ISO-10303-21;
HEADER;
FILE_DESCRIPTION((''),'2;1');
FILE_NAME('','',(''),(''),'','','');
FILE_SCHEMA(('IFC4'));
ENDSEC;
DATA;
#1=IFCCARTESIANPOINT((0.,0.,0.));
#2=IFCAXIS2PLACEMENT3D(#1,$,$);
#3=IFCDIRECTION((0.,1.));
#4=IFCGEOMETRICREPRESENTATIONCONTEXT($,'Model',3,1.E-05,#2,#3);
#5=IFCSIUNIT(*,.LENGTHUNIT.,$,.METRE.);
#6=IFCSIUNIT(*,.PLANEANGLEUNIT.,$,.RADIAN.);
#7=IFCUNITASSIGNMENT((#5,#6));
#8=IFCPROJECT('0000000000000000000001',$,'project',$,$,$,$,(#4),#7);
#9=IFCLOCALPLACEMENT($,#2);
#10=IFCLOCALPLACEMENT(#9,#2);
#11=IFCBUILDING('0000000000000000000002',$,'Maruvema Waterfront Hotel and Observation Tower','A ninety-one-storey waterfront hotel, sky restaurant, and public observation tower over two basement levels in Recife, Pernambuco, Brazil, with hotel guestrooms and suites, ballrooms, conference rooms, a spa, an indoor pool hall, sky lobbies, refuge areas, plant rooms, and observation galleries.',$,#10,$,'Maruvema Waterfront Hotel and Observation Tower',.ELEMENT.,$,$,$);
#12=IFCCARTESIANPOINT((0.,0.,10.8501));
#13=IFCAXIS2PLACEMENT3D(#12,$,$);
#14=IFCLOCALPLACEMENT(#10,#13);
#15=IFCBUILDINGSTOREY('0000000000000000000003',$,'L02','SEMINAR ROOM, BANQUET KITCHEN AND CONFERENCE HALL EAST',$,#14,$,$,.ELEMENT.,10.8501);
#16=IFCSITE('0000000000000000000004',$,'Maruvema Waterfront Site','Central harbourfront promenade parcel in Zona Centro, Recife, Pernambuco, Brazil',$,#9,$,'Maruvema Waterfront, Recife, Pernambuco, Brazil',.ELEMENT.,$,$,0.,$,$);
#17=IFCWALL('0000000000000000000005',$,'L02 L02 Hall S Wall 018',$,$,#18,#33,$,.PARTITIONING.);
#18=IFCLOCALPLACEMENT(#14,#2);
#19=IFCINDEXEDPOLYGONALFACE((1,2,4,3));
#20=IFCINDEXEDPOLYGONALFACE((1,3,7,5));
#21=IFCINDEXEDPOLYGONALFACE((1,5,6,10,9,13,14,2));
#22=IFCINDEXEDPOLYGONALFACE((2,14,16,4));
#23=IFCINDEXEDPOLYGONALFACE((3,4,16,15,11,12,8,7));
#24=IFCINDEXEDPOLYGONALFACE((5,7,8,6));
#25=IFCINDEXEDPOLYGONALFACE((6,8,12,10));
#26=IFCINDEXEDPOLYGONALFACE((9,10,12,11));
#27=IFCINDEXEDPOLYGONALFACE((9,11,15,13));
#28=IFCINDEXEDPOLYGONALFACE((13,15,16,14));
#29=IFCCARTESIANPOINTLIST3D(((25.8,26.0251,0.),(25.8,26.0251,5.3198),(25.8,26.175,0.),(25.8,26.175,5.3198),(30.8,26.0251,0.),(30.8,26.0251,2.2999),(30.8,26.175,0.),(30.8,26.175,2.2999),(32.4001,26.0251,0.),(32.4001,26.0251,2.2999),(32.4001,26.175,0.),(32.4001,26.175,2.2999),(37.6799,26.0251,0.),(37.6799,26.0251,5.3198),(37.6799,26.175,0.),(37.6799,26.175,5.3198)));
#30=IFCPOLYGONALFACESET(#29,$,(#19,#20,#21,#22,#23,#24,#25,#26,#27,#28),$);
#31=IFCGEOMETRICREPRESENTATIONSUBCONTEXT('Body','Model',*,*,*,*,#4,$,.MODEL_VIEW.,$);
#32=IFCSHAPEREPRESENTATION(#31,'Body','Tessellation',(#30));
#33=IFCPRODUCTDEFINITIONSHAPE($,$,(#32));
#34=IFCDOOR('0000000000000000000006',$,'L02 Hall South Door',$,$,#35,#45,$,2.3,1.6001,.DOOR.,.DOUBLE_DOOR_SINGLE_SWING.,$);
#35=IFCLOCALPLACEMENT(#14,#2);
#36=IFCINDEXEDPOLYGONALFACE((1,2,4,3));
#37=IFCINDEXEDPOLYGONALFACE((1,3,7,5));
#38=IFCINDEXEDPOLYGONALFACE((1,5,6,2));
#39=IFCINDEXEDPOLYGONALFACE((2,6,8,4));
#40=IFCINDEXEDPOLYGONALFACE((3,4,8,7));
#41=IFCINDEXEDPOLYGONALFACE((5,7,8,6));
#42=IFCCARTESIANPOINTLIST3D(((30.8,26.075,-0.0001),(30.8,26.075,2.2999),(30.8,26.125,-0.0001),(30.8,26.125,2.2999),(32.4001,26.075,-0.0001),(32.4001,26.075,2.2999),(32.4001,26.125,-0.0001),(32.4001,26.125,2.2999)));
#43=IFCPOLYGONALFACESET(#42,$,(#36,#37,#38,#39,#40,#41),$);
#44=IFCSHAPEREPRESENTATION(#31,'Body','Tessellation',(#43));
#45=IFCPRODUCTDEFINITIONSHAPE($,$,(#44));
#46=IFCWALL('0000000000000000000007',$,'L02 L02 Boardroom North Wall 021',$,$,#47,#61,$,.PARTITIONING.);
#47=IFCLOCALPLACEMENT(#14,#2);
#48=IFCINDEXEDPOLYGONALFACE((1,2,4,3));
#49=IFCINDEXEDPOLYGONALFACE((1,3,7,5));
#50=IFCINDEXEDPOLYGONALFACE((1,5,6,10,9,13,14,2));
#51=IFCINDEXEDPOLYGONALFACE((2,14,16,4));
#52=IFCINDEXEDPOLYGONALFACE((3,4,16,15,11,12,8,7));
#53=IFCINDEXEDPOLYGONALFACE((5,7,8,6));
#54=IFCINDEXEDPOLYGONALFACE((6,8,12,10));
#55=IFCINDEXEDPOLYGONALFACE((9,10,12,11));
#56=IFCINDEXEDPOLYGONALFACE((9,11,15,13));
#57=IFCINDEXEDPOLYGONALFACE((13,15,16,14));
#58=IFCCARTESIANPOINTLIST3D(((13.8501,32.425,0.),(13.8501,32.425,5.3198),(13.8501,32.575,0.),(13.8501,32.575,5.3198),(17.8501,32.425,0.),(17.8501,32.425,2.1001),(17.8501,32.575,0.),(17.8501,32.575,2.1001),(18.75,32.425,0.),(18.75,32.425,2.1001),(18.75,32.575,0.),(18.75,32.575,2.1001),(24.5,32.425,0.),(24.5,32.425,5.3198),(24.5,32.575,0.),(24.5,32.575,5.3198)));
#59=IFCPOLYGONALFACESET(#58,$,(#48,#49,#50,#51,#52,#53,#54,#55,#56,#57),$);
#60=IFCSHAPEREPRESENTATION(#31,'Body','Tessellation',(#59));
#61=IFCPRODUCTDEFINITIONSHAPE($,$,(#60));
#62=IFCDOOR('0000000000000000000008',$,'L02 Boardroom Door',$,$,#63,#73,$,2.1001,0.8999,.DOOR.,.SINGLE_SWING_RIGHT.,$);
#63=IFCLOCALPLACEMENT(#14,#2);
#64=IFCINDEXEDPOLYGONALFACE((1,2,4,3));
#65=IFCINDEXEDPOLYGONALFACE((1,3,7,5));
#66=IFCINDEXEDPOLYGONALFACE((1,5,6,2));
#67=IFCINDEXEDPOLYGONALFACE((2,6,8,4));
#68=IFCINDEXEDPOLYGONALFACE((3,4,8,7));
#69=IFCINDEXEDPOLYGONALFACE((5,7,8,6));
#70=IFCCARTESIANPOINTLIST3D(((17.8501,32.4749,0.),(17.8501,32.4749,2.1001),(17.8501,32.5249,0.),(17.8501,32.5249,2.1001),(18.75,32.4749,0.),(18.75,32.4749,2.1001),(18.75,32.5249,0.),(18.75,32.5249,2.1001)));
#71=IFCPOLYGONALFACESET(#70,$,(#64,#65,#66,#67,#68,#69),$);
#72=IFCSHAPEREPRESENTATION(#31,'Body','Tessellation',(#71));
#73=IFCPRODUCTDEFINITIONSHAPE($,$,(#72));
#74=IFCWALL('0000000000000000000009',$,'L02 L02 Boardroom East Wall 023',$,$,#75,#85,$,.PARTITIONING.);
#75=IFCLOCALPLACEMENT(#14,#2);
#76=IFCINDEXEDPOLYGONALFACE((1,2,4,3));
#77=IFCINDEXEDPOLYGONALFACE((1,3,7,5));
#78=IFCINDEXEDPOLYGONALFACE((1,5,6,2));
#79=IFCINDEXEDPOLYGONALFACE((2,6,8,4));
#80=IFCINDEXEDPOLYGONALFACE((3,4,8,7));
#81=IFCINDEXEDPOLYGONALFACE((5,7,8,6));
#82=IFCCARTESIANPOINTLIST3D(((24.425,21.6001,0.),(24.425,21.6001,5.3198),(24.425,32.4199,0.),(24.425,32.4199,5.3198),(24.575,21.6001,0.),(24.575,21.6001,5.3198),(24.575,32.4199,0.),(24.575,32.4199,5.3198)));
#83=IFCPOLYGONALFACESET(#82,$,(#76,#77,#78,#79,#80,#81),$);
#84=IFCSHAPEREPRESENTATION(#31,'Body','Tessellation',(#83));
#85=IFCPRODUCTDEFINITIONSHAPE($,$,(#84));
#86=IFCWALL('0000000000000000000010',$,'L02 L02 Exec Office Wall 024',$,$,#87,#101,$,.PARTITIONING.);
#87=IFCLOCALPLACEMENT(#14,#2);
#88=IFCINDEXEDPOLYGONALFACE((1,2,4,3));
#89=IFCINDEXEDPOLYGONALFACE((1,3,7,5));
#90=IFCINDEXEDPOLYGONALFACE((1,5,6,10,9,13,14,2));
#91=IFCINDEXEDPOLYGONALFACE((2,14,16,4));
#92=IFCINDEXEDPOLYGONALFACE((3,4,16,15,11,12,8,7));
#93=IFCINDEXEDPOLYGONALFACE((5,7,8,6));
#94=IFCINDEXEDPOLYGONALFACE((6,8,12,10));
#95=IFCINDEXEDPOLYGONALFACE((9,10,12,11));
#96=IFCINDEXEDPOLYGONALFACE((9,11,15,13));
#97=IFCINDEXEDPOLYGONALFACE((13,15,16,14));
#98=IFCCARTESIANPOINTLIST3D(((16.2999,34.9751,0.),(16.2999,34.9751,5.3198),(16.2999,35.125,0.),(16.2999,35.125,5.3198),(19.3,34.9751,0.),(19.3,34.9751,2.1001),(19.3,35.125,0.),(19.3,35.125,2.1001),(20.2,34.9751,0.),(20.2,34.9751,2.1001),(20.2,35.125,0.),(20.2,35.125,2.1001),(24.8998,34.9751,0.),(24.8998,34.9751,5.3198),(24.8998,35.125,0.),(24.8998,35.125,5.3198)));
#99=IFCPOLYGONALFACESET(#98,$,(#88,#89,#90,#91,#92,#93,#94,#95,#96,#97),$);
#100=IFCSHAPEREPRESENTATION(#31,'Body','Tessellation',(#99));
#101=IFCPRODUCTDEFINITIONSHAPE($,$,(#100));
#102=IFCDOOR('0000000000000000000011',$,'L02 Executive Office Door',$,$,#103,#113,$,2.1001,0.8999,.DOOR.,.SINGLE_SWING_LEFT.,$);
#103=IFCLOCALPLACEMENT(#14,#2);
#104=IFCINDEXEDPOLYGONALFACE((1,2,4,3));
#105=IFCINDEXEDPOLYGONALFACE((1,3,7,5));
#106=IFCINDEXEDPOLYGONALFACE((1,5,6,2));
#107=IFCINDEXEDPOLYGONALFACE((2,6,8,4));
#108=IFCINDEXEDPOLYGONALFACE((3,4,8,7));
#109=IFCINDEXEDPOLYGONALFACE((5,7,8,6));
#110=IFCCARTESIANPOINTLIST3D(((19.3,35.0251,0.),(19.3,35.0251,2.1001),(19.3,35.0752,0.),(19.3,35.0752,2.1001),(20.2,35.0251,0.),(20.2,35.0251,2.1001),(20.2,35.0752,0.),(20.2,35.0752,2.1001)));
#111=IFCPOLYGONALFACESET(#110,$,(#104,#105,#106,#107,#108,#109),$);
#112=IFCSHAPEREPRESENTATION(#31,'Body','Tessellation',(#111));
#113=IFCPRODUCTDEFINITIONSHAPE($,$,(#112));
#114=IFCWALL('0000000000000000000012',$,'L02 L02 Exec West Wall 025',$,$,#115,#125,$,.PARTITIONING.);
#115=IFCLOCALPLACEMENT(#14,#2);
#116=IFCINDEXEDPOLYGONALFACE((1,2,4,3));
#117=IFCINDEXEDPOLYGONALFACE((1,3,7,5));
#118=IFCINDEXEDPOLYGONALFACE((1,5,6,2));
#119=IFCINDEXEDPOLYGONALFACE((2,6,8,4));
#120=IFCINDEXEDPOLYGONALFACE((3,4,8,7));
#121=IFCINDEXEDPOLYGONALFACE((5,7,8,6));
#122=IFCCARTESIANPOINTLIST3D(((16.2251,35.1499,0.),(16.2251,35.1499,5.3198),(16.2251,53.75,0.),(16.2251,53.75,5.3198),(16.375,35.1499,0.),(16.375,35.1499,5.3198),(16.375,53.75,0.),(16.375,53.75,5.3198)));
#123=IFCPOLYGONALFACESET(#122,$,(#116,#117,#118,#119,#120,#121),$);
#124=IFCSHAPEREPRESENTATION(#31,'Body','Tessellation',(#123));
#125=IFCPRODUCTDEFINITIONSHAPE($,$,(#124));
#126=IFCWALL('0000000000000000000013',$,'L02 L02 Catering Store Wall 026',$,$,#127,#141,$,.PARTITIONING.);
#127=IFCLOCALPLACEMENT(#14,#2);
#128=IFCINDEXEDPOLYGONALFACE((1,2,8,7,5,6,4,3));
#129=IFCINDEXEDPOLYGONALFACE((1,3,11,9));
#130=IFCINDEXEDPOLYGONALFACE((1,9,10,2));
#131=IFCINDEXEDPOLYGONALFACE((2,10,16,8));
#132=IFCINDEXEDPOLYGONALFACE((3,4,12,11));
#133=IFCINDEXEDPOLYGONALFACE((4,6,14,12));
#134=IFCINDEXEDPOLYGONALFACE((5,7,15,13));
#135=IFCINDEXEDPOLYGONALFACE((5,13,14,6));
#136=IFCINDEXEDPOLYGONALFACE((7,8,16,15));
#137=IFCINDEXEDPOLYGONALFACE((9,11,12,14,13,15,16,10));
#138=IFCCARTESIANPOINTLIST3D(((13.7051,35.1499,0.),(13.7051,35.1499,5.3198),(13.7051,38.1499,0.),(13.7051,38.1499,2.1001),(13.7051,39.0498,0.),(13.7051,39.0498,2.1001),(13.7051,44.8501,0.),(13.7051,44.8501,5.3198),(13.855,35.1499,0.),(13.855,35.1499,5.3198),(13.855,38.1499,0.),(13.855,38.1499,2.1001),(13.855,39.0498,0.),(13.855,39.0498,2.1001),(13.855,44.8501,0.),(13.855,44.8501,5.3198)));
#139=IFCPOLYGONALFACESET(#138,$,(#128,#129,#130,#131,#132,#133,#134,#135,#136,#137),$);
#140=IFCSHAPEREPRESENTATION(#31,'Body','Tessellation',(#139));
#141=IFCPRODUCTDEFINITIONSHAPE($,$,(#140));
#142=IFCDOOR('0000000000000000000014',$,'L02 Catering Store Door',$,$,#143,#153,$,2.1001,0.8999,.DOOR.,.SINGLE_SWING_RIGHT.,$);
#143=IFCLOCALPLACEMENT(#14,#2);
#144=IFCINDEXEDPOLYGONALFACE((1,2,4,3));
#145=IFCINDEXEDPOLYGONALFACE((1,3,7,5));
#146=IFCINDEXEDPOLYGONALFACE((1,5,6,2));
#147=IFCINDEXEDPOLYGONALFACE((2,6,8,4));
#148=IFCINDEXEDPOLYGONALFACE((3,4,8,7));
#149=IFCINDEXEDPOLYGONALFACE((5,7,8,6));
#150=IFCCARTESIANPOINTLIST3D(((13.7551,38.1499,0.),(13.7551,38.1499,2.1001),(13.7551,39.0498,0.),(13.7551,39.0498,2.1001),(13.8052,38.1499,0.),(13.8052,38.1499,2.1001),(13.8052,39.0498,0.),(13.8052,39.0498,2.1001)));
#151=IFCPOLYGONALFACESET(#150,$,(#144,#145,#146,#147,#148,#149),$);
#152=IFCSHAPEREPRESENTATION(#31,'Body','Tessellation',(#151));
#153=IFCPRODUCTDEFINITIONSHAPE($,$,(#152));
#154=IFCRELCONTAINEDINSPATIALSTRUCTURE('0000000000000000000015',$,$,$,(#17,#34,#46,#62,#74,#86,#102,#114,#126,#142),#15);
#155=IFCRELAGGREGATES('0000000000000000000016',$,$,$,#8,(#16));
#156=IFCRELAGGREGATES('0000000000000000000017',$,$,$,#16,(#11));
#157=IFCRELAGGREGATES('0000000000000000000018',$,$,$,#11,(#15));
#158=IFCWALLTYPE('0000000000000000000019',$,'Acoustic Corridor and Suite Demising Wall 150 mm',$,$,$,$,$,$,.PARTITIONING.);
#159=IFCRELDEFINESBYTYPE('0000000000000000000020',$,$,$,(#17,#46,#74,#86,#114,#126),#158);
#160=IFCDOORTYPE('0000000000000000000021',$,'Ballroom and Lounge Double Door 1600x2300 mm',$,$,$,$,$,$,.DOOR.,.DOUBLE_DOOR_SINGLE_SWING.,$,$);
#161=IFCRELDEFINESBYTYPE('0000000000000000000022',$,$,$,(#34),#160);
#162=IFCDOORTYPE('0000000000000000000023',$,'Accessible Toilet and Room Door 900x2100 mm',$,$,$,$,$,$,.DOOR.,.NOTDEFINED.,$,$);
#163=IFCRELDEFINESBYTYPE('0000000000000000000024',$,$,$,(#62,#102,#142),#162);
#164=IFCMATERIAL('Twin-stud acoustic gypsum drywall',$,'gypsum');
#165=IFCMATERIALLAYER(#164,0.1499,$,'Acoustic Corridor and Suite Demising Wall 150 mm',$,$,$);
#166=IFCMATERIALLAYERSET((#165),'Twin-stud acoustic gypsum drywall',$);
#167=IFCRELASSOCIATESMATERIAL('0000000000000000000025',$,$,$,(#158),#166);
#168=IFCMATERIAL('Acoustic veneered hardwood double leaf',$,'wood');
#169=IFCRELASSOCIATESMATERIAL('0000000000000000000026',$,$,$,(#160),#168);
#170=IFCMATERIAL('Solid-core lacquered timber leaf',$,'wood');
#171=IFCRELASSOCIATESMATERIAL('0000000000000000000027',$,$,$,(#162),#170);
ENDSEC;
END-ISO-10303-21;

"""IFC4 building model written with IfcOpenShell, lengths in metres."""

from ifc_helpers import new_model, si_unit, direction, frame, frame_2d, origin, place, context, subcontext, project, spatial, rectangle, extrude, material, layer, layer_set, type_object, element, fill, save


model = new_model("IFC4")

# Units and contexts
model_context = context("Model", 3, precision=1e-05, world=origin(), true_north=direction((0.0, 1.0)))
body_context = subcontext(model_context, "Body", "Model", "MODEL_VIEW")
ifc_project = project(units=[si_unit("LENGTHUNIT", "METRE"), si_unit("PLANEANGLEUNIT", "RADIAN")], contexts=[model_context])

# Site, building, storey
site_placement = place(None, origin())
site = spatial("IfcSite", under=ifc_project, at=site_placement, Name="Maruvema Waterfront Site", Description="Central harbourfront promenade parcel in Zona Centro, Recife, Pernambuco, Brazil", LongName="Maruvema Waterfront, Recife, Pernambuco, Brazil", CompositionType="ELEMENT", RefElevation=0.0)
building_placement = place(site_placement, origin())
building = spatial("IfcBuilding", under=site, at=building_placement, Name="Maruvema Waterfront Hotel and Observation Tower", Description="A ninety-one-storey waterfront hotel, sky restaurant, and public observation tower over two basement levels in Recife, Pernambuco, Brazil, with hotel guestrooms and suites, ballrooms, conference rooms, a spa, an indoor pool hall, sky lobbies, refuge areas, plant rooms, and observation galleries.", LongName="Maruvema Waterfront Hotel and Observation Tower", CompositionType="ELEMENT")
storey_placement = place(building_placement, frame((0.0, 0.0, 10.8501)))
storey = spatial("IfcBuildingStorey", under=building, at=storey_placement, Name="L02", Description="SEMINAR ROOM, BANQUET KITCHEN AND CONFERENCE HALL EAST", CompositionType="ELEMENT", Elevation=10.8501)

# Walls, openings, doors
ifc_material_1 = material(Name="Twin-stud acoustic gypsum drywall", Category="gypsum")
ifc_layer_1 = layer(ifc_material_1, 0.1499, Name="Acoustic Corridor and Suite Demising Wall 150 mm")
ifc_layer_set_1 = layer_set([ifc_layer_1], Name="Twin-stud acoustic gypsum drywall")
wall_type = type_object("IfcWallType", Name="Acoustic Corridor and Suite Demising Wall 150 mm", PredefinedType="PARTITIONING", material=ifc_layer_set_1)
wall_1_placement = place(storey_placement, frame((25.8, 26.1001, 0.0), z_axis=(0.0, 0.0, 1.0), x_axis=(1.0, 0.0, 0.0)))
wall_1 = element("IfcWall", 1, at=wall_1_placement, inside=storey, type_object=wall_type, Name="L02 L02 Hall S Wall 018", PredefinedType="PARTITIONING", context=body_context, shape_type="SweptSolid", body=[
    extrude(rectangle(XDim=11.8799, YDim=0.1499, at=frame_2d((5.9399, 0.0))), origin(), (0.0, 0.0, 1.0), 5.3198),
])
opening_1_placement = place(wall_1_placement, frame((5.0, 0.0, 0.0)))
opening_1 = element("IfcOpeningElement", 2, at=opening_1_placement, cuts=wall_1, PredefinedType="OPENING", context=body_context, shape_type="SweptSolid", body=[
    extrude(rectangle(XDim=1.6001, YDim=2.3, at=frame_2d((0.8, 1.1499))), frame((0.0, 0.085, 0.0), z_axis=(0.0, -1.0, 0.0), x_axis=(1.0, 0.0, 0.0)), (0.0, 0.0, 1.0), 0.1699),
])
ifc_material_2 = material(Name="Acoustic veneered hardwood double leaf", Category="wood")
door_type_1 = type_object("IfcDoorType", Name="Ballroom and Lounge Double Door 1600x2300 mm", OperationType="DOUBLE_DOOR_SINGLE_SWING", PredefinedType="DOOR", material=ifc_material_2)
door_1_placement = place(opening_1_placement, origin())
door_1 = element("IfcDoor", 3, at=door_1_placement, inside=storey, type_object=door_type_1, Name="L02 Hall South Door", OperationType="DOUBLE_DOOR_SINGLE_SWING", OverallHeight=2.3, OverallWidth=1.6001, PredefinedType="DOOR", context=body_context, shape_type="SweptSolid", body=[
    extrude(rectangle(XDim=1.6001, YDim=2.3, at=frame_2d((0.8, 1.1499))), frame((0.0, 0.0249, 0.0), z_axis=(0.0, -1.0, 0.0), x_axis=(1.0, 0.0, 0.0)), (0.0, 0.0, 1.0), 0.05),
])
fill(opening_1, door_1)
wall_2_placement = place(storey_placement, frame((13.8501, 32.5, 0.0), z_axis=(0.0, 0.0, 1.0), x_axis=(1.0, 0.0, 0.0)))
wall_2 = element("IfcWall", 4, at=wall_2_placement, inside=storey, type_object=wall_type, Name="L02 L02 Boardroom North Wall 021", PredefinedType="PARTITIONING", context=body_context, shape_type="SweptSolid", body=[
    extrude(rectangle(XDim=10.6499, YDim=0.1499, at=frame_2d((5.325, 0.0))), origin(), (0.0, 0.0, 1.0), 5.3198),
])
opening_2_placement = place(wall_2_placement, frame((4.0, 0.0, 0.0)))
opening_2 = element("IfcOpeningElement", 5, at=opening_2_placement, cuts=wall_2, PredefinedType="OPENING", context=body_context, shape_type="SweptSolid", body=[
    extrude(rectangle(XDim=0.8999, YDim=2.1001, at=frame_2d((0.45, 1.05))), frame((0.0, 0.085, 0.0), z_axis=(0.0, -1.0, 0.0), x_axis=(1.0, 0.0, 0.0)), (0.0, 0.0, 1.0), 0.1699),
])
ifc_material_3 = material(Name="Solid-core lacquered timber leaf", Category="wood")
door_type_2 = type_object("IfcDoorType", Name="Accessible Toilet and Room Door 900x2100 mm", OperationType="NOTDEFINED", PredefinedType="DOOR", material=ifc_material_3)
door_2_placement = place(opening_2_placement, origin())
door_2 = element("IfcDoor", 6, at=door_2_placement, inside=storey, type_object=door_type_2, Name="L02 Boardroom Door", OperationType="SINGLE_SWING_RIGHT", OverallHeight=2.1001, OverallWidth=0.8999, PredefinedType="DOOR", context=body_context, shape_type="SweptSolid", body=[
    extrude(rectangle(XDim=0.8999, YDim=2.1001, at=frame_2d((0.45, 1.05))), frame((0.0, 0.0249, 0.0), z_axis=(0.0, -1.0, 0.0), x_axis=(1.0, 0.0, 0.0)), (0.0, 0.0, 1.0), 0.05),
])
fill(opening_2, door_2)

# Wall
wall_3_placement = place(storey_placement, frame((24.5, 21.6001, 0.0), z_axis=(0.0, 0.0, 1.0), x_axis=(0.0, 1.0, 0.0)))
element("IfcWall", 7, at=wall_3_placement, inside=storey, type_object=wall_type, Name="L02 L02 Boardroom East Wall 023", PredefinedType="PARTITIONING", context=body_context, shape_type="SweptSolid", body=[
    extrude(rectangle(XDim=10.8198, YDim=0.1499, at=frame_2d((5.4099, 0.0))), origin(), (0.0, 0.0, 1.0), 5.3198),
])

# Wall, opening, door
wall_4_placement = place(storey_placement, frame((16.3, 35.05, 0.0), z_axis=(0.0, 0.0, 1.0), x_axis=(1.0, 0.0, 0.0)))
wall_4 = element("IfcWall", 8, at=wall_4_placement, inside=storey, type_object=wall_type, Name="L02 L02 Exec Office Wall 024", PredefinedType="PARTITIONING", context=body_context, shape_type="SweptSolid", body=[
    extrude(rectangle(XDim=8.5999, YDim=0.1499, at=frame_2d((4.2998, 0.0))), origin(), (0.0, 0.0, 1.0), 5.3198),
])
opening_3_placement = place(wall_4_placement, frame((3.0, 0.0, 0.0)))
opening_3 = element("IfcOpeningElement", 9, at=opening_3_placement, cuts=wall_4, PredefinedType="OPENING", context=body_context, shape_type="SweptSolid", body=[
    extrude(rectangle(XDim=0.8999, YDim=2.1001, at=frame_2d((0.45, 1.05))), frame((0.0, 0.085, 0.0), z_axis=(0.0, -1.0, 0.0), x_axis=(1.0, 0.0, 0.0)), (0.0, 0.0, 1.0), 0.1699),
])
door_3_placement = place(opening_3_placement, frame((0.8999, 0.0, 0.0), z_axis=(0.0, 0.0, 1.0), x_axis=(-1.0, 0.0, 0.0)))
door_3 = element("IfcDoor", 10, at=door_3_placement, inside=storey, type_object=door_type_2, Name="L02 Executive Office Door", OperationType="SINGLE_SWING_LEFT", OverallHeight=2.1001, OverallWidth=0.8999, PredefinedType="DOOR", context=body_context, shape_type="SweptSolid", body=[
    extrude(rectangle(XDim=0.8999, YDim=2.1001, at=frame_2d((0.45, 1.05))), frame((0.0, 0.0249, 0.0), z_axis=(0.0, -1.0, 0.0), x_axis=(1.0, 0.0, 0.0)), (0.0, 0.0, 1.0), 0.05),
])
fill(opening_3, door_3)

# Wall
wall_5_placement = place(storey_placement, frame((16.3, 35.1499, 0.0), z_axis=(0.0, 0.0, 1.0), x_axis=(0.0, 1.0, 0.0)))
element("IfcWall", 11, at=wall_5_placement, inside=storey, type_object=wall_type, Name="L02 L02 Exec West Wall 025", PredefinedType="PARTITIONING", context=body_context, shape_type="SweptSolid", body=[
    extrude(rectangle(XDim=18.6001, YDim=0.1499, at=frame_2d((9.3, 0.0))), origin(), (0.0, 0.0, 1.0), 5.3198),
])

# Wall, opening, door
wall_6_placement = place(storey_placement, frame((13.78, 35.1499, 0.0), z_axis=(0.0, 0.0, 1.0), x_axis=(0.0, 1.0, 0.0)))
wall_6 = element("IfcWall", 12, at=wall_6_placement, inside=storey, type_object=wall_type, Name="L02 L02 Catering Store Wall 026", PredefinedType="PARTITIONING", context=body_context, shape_type="SweptSolid", body=[
    extrude(rectangle(XDim=9.7002, YDim=0.1499, at=frame_2d((4.8501, 0.0))), origin(), (0.0, 0.0, 1.0), 5.3198),
])
opening_4_placement = place(wall_6_placement, frame((3.0, 0.0, 0.0)))
opening_4 = element("IfcOpeningElement", 13, at=opening_4_placement, cuts=wall_6, PredefinedType="OPENING", context=body_context, shape_type="SweptSolid", body=[
    extrude(rectangle(XDim=0.8999, YDim=2.1001, at=frame_2d((0.45, 1.05))), frame((0.0, 0.085, 0.0), z_axis=(0.0, -1.0, 0.0), x_axis=(1.0, 0.0, 0.0)), (0.0, 0.0, 1.0), 0.1699),
])
door_4_placement = place(opening_4_placement, origin())
door_4 = element("IfcDoor", 14, at=door_4_placement, inside=storey, type_object=door_type_2, Name="L02 Catering Store Door", OperationType="SINGLE_SWING_RIGHT", OverallHeight=2.1001, OverallWidth=0.8999, PredefinedType="DOOR", context=body_context, shape_type="SweptSolid", body=[
    extrude(rectangle(XDim=0.8999, YDim=2.1001, at=frame_2d((0.45, 1.05))), frame((0.0, 0.0249, 0.0), z_axis=(0.0, -1.0, 0.0), x_axis=(1.0, 0.0, 0.0)), (0.0, 0.0, 1.0), 0.05),
])
fill(opening_4, door_4)

save(model, "model.ifc")
